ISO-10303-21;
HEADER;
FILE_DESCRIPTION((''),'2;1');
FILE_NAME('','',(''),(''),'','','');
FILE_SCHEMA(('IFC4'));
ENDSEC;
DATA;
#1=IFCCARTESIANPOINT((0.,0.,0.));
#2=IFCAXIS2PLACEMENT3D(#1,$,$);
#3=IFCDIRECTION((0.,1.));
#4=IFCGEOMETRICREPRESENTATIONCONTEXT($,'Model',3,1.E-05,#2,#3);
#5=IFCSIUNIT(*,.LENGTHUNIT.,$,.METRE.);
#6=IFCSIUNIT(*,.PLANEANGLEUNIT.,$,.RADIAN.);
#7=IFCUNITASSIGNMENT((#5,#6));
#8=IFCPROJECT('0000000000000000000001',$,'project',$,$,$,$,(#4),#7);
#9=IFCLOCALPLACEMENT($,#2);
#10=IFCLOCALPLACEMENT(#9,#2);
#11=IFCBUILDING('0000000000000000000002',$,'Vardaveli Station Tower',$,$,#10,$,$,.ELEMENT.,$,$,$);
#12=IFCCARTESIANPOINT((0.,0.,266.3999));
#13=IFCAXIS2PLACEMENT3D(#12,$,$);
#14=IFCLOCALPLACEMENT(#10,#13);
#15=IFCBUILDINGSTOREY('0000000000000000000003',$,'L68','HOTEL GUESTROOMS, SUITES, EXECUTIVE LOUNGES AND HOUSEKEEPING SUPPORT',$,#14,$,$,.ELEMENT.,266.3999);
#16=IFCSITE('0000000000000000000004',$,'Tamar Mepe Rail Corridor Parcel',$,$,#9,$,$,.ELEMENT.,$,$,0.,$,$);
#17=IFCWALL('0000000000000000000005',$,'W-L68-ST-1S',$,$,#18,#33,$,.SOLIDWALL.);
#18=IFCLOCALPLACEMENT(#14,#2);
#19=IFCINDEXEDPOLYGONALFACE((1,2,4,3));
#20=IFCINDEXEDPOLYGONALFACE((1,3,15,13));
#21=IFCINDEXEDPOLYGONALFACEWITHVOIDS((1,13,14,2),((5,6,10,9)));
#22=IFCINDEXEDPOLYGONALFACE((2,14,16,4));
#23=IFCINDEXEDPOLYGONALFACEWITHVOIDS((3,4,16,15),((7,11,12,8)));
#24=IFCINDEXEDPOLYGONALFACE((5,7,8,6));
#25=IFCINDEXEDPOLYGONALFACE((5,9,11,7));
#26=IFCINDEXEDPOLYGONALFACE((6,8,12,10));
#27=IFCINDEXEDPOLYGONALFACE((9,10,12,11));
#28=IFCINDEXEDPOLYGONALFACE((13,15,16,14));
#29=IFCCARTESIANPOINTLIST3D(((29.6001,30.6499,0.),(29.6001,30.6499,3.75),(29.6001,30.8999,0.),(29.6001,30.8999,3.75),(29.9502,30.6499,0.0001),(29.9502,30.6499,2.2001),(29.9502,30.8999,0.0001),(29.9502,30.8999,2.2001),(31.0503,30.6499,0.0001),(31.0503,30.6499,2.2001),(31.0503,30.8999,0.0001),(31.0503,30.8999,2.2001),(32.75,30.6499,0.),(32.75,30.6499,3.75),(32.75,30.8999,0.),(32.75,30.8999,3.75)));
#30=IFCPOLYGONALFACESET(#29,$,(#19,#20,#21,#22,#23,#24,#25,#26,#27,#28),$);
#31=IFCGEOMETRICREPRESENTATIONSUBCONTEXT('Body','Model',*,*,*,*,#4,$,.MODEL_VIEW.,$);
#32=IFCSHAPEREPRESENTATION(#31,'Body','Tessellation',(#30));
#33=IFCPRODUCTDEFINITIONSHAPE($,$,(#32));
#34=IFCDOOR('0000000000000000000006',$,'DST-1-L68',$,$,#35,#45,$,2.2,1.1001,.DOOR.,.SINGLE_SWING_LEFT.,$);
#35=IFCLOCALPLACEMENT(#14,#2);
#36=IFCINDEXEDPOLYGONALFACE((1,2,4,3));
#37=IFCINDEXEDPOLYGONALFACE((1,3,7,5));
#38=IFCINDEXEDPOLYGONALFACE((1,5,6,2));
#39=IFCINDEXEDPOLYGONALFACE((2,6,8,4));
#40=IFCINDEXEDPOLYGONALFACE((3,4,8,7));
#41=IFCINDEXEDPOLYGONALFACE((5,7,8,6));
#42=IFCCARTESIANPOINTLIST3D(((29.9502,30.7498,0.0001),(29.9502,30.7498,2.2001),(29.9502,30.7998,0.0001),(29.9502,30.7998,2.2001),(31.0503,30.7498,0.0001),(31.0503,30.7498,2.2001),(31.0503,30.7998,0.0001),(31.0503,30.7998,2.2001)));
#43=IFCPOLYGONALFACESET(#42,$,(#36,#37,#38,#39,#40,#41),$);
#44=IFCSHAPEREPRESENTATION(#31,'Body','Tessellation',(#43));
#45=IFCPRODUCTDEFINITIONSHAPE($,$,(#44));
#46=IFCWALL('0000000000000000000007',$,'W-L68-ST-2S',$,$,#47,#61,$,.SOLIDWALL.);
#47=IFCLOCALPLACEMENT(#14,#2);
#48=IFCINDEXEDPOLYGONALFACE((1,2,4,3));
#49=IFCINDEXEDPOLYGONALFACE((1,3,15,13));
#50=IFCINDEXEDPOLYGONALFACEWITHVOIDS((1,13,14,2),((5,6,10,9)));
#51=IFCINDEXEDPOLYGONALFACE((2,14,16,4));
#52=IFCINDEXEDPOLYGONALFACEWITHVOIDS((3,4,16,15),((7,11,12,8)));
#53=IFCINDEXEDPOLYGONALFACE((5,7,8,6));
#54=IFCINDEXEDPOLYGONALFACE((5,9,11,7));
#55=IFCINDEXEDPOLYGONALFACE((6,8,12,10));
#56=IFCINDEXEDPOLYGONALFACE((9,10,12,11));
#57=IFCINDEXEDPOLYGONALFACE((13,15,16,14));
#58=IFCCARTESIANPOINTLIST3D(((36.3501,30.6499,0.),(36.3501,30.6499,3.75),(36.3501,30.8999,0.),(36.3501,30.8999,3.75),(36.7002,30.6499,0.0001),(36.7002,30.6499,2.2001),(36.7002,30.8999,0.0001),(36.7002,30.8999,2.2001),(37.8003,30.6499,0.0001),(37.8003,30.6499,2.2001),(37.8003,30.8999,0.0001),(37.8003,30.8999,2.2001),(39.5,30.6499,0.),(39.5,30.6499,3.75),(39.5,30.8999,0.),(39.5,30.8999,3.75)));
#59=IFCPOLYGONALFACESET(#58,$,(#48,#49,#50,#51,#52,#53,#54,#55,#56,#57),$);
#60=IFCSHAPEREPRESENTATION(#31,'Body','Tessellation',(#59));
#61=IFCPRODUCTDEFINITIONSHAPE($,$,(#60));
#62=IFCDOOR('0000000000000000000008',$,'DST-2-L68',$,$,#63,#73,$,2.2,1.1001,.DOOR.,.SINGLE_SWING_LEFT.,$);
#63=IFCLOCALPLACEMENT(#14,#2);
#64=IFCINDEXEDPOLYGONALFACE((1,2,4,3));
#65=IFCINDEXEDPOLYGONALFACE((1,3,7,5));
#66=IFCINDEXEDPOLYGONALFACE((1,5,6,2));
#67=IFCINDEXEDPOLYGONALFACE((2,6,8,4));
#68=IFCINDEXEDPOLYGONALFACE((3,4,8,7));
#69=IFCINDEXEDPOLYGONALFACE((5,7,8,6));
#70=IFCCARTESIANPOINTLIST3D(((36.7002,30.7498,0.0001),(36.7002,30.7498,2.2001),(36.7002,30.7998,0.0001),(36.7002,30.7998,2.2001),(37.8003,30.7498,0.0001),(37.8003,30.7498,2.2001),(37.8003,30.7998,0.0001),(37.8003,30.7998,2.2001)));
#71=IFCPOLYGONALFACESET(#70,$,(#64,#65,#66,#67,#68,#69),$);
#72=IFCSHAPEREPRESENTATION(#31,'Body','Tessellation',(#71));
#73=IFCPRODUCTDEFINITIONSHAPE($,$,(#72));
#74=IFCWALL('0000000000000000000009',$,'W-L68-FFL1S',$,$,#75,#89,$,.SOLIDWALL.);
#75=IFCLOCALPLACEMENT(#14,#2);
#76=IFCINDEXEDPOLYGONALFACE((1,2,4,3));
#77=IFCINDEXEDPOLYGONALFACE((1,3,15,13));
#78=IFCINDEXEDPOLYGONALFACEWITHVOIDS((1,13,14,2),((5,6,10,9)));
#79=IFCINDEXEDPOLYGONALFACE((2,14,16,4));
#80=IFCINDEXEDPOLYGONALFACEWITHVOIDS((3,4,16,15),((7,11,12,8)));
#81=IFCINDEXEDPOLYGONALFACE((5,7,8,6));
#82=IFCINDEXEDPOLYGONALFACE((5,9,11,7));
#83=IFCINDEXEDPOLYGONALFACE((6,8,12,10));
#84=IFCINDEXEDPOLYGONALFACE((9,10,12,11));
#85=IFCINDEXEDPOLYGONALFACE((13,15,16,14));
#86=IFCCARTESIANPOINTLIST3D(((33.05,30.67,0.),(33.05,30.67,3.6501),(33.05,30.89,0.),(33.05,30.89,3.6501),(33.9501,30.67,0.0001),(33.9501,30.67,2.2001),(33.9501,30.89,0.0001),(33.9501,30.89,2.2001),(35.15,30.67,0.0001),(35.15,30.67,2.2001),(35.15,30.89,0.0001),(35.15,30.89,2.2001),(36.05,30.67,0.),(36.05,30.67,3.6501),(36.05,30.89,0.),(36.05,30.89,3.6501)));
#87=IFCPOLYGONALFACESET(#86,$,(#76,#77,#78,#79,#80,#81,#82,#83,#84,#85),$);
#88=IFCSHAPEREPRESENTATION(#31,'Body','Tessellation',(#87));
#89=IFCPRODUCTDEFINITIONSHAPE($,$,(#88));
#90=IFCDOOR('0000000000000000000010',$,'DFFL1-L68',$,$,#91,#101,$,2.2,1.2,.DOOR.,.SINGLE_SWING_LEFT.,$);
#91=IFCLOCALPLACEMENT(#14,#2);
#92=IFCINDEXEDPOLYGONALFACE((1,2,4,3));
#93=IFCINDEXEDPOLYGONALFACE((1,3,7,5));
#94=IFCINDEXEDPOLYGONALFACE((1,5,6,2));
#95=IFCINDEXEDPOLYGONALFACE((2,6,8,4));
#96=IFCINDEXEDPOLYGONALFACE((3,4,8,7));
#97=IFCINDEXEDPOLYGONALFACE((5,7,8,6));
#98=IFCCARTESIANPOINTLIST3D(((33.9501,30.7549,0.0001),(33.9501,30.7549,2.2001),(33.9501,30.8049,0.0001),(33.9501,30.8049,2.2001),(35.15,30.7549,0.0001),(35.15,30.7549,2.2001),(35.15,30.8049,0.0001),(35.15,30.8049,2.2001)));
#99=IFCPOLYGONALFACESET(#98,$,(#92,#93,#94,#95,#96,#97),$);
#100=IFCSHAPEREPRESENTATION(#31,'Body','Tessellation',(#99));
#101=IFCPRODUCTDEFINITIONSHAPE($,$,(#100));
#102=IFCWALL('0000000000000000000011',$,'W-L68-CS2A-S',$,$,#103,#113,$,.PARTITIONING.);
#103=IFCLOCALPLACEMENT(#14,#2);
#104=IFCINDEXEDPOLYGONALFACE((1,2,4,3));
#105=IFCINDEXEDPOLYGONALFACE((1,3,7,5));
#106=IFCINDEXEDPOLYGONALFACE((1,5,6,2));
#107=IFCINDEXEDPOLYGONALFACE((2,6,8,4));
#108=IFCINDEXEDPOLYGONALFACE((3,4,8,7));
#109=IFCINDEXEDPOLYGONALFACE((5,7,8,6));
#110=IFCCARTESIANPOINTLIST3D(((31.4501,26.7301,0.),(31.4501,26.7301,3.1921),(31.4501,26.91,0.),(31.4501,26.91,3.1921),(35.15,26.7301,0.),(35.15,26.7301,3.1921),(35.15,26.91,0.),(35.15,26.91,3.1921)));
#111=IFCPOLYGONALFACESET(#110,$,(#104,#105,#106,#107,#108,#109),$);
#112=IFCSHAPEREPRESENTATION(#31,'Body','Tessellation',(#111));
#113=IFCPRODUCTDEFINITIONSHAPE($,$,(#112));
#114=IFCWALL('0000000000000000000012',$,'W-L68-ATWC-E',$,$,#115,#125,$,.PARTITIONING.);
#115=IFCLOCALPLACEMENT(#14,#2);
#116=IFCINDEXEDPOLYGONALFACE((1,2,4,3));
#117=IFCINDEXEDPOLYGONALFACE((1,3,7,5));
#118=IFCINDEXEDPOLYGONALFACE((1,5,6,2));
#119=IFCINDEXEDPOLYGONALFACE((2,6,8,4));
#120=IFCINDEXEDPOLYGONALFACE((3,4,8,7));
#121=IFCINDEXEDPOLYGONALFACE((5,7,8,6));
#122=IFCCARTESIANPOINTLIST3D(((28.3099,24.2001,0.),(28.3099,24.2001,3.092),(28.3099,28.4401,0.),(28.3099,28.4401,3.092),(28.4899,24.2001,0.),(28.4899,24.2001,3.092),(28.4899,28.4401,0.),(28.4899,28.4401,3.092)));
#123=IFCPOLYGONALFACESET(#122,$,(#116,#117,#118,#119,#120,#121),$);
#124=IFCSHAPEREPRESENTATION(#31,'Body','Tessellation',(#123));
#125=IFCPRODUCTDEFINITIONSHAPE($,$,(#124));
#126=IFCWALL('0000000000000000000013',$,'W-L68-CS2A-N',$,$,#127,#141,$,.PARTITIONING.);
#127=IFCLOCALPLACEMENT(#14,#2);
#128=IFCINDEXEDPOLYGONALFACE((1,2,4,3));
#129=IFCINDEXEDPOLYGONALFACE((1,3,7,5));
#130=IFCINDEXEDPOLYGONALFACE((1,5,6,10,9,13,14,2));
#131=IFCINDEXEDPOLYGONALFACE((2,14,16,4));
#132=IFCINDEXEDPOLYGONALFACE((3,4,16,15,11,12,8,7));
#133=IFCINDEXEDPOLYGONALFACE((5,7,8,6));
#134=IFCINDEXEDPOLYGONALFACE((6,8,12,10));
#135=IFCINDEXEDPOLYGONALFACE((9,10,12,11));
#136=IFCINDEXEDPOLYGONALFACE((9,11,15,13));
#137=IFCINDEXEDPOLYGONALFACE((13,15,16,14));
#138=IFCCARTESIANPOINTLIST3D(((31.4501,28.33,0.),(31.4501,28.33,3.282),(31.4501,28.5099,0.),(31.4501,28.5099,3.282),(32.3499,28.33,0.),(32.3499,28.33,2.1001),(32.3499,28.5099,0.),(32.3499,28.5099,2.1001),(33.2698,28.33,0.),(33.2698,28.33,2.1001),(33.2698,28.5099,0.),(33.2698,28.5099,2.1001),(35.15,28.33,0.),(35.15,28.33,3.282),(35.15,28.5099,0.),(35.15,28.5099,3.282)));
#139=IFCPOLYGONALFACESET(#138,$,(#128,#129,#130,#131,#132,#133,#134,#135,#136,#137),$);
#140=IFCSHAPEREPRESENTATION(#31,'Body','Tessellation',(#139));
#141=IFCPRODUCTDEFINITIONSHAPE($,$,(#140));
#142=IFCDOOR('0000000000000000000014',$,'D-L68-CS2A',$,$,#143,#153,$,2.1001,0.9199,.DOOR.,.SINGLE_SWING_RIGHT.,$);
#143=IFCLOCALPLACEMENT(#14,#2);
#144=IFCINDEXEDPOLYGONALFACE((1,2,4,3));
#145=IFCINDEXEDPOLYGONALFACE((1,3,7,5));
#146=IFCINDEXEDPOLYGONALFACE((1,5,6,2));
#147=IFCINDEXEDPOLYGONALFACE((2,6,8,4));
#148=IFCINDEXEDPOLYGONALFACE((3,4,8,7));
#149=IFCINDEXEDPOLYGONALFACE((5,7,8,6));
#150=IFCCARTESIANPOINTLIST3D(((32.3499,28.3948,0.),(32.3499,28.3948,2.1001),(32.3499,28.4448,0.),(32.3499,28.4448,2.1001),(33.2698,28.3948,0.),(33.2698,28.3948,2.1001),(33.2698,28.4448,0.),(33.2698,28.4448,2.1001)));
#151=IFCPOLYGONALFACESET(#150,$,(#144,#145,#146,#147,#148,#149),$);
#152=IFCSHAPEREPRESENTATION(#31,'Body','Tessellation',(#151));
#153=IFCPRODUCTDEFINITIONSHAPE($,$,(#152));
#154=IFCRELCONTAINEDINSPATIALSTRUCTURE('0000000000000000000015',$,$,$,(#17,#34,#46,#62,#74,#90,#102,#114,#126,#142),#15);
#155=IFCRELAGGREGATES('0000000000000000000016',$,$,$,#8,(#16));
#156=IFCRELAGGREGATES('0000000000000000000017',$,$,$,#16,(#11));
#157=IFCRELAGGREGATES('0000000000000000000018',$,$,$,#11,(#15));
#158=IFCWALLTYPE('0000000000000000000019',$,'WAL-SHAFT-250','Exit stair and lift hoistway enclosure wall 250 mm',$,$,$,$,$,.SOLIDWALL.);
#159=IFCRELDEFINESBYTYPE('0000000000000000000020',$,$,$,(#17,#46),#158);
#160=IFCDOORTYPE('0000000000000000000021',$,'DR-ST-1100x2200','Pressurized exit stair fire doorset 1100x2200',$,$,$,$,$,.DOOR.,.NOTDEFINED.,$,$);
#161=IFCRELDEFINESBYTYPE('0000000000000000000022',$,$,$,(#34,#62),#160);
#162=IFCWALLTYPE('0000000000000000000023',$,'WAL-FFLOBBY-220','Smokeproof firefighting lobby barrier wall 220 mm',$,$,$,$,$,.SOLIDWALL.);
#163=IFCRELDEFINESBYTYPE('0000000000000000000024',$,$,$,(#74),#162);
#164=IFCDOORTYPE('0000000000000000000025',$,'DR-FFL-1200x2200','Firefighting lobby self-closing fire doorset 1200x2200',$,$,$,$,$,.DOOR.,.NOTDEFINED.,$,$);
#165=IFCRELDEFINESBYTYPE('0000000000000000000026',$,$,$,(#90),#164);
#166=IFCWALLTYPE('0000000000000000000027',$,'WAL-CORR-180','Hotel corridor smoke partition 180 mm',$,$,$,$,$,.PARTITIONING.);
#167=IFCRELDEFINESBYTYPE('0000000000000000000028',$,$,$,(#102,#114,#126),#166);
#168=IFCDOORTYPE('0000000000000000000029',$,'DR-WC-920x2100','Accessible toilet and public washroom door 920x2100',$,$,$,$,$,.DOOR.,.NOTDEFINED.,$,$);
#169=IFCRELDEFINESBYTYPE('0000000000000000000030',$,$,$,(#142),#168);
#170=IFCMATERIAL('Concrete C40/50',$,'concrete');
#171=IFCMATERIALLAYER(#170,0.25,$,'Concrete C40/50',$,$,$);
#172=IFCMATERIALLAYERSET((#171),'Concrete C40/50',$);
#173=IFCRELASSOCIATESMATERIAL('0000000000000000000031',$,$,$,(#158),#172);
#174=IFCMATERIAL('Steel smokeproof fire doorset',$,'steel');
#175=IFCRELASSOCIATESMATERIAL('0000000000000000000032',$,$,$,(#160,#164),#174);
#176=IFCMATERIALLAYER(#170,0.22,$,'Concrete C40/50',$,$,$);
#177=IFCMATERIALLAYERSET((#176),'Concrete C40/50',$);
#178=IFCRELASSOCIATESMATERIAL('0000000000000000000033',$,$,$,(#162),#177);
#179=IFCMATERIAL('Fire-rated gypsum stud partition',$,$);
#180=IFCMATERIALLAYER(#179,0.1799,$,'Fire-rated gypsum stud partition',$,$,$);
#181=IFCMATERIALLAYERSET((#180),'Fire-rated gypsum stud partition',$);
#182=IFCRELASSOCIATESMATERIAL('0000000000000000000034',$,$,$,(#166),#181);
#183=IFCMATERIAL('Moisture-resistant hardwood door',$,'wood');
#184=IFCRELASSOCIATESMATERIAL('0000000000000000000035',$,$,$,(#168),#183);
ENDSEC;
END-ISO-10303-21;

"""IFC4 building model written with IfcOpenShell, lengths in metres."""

from ifc_helpers import new_model, si_unit, direction, frame, frame_2d, origin, place, context, subcontext, project, spatial, rectangle, extrude, source, transform, mapped, material, layer, layer_set, type_object, element, fill, save


model = new_model("IFC4")

# Units and contexts
model_context = context("Model", 3, precision=1e-05, world=origin(), true_north=direction((0.0, 1.0)))
body_context = subcontext(model_context, "Body", "Model", "MODEL_VIEW")
ifc_project = project(units=[si_unit("LENGTHUNIT", "METRE"), si_unit("PLANEANGLEUNIT", "RADIAN")], contexts=[model_context])

# Site, building, storey
site_placement = place(None, origin())
site = spatial("IfcSite", under=ifc_project, at=site_placement, Name="Tamar Mepe Rail Corridor Parcel", CompositionType="ELEMENT", RefElevation=0.0)
building_placement = place(site_placement, origin())
building = spatial("IfcBuilding", under=site, at=building_placement, Name="Vardaveli Station Tower", CompositionType="ELEMENT")
storey_placement = place(building_placement, frame((0.0, 0.0, 266.3999)))
storey = spatial("IfcBuildingStorey", under=building, at=storey_placement, Name="L68", Description="HOTEL GUESTROOMS, SUITES, EXECUTIVE LOUNGES AND HOUSEKEEPING SUPPORT", CompositionType="ELEMENT", Elevation=266.3999)

# Shared definitions
ifc_material_1 = material(Name="Concrete C40/50", Category="concrete")
ifc_layer_1 = layer(ifc_material_1, 0.25, Name="Concrete C40/50")
ifc_layer_set_1 = layer_set([ifc_layer_1], Name="Concrete C40/50")
wall_type_1 = type_object("IfcWallType", Name="WAL-SHAFT-250", Description="Exit stair and lift hoistway enclosure wall 250 mm", PredefinedType="SOLIDWALL", material=ifc_layer_set_1)

# Walls, openings, doors
shared_shape_1 = source(origin(), body_context, "Body", "SweptSolid", [
    extrude(rectangle(XDim=3.1499, YDim=0.25, at=frame_2d((1.575, 0.0))), origin(), (0.0, 0.0, 1.0), 3.75),
])
wall_1_placement = place(storey_placement, frame((29.6001, 30.7749, 0.0), z_axis=(0.0, 0.0, 1.0), x_axis=(1.0, 0.0, 0.0)))
wall_1 = element("IfcWall", 1, at=wall_1_placement, inside=storey, type_object=wall_type_1, Name="W-L68-ST-1S", PredefinedType="SOLIDWALL", context=body_context, shape_type="MappedRepresentation", body=[
    mapped(shared_shape_1, transform((0.0, 0.0, 0.0), scale=1.0)),
])
shared_shape_2 = source(origin(), body_context, "Body", "SweptSolid", [
    extrude(rectangle(XDim=1.1001, YDim=2.2, at=frame_2d((0.55, 1.1001))), frame((0.0, 0.135, 0.0), z_axis=(0.0, -1.0, 0.0), x_axis=(1.0, 0.0, 0.0)), (0.0, 0.0, 1.0), 0.27),
])
opening_1_placement = place(wall_1_placement, frame((0.3501, 0.0, 0.0)))
opening_1 = element("IfcOpeningElement", 2, at=opening_1_placement, cuts=wall_1, PredefinedType="OPENING", context=body_context, shape_type="MappedRepresentation", body=[
    mapped(shared_shape_2, transform((0.0, 0.0, 0.0), scale=1.0)),
])
ifc_material_2 = material(Name="Steel smokeproof fire doorset", Category="steel")
door_type_1 = type_object("IfcDoorType", Name="DR-ST-1100x2200", Description="Pressurized exit stair fire doorset 1100x2200", OperationType="NOTDEFINED", PredefinedType="DOOR", material=ifc_material_2)
shared_shape_3 = source(origin(), body_context, "Body", "SweptSolid", [
    extrude(rectangle(XDim=1.1001, YDim=2.2, at=frame_2d((0.55, 1.1001))), frame((0.0, 0.0249, 0.0), z_axis=(0.0, -1.0, 0.0), x_axis=(1.0, 0.0, 0.0)), (0.0, 0.0, 1.0), 0.05),
])
door_1_placement = place(opening_1_placement, origin())
door_1 = element("IfcDoor", 3, at=door_1_placement, inside=storey, type_object=door_type_1, Name="DST-1-L68", OperationType="SINGLE_SWING_LEFT", OverallHeight=2.2, OverallWidth=1.1001, PredefinedType="DOOR", context=body_context, shape_type="MappedRepresentation", body=[
    mapped(shared_shape_3, transform((0.0, 0.0, 0.0), scale=1.0)),
])
fill(opening_1, door_1)
wall_2_placement = place(storey_placement, frame((36.3501, 30.7749, 0.0), z_axis=(0.0, 0.0, 1.0), x_axis=(1.0, 0.0, 0.0)))
wall_2 = element("IfcWall", 4, at=wall_2_placement, inside=storey, type_object=wall_type_1, Name="W-L68-ST-2S", PredefinedType="SOLIDWALL", context=body_context, shape_type="MappedRepresentation", body=[
    mapped(shared_shape_1, transform((0.0, 0.0, 0.0), scale=1.0)),
])
opening_2_placement = place(wall_2_placement, frame((0.3501, 0.0, 0.0)))
opening_2 = element("IfcOpeningElement", 5, at=opening_2_placement, cuts=wall_2, PredefinedType="OPENING", context=body_context, shape_type="MappedRepresentation", body=[
    mapped(shared_shape_2, transform((0.0, 0.0, 0.0), scale=1.0)),
])
door_2_placement = place(opening_2_placement, origin())
door_2 = element("IfcDoor", 6, at=door_2_placement, inside=storey, type_object=door_type_1, Name="DST-2-L68", OperationType="SINGLE_SWING_LEFT", OverallHeight=2.2, OverallWidth=1.1001, PredefinedType="DOOR", context=body_context, shape_type="MappedRepresentation", body=[
    mapped(shared_shape_3, transform((0.0, 0.0, 0.0), scale=1.0)),
])
fill(opening_2, door_2)
ifc_layer_2 = layer(ifc_material_1, 0.22, Name="Concrete C40/50")
ifc_layer_set_2 = layer_set([ifc_layer_2], Name="Concrete C40/50")
wall_type_2 = type_object("IfcWallType", Name="WAL-FFLOBBY-220", Description="Smokeproof firefighting lobby barrier wall 220 mm", PredefinedType="SOLIDWALL", material=ifc_layer_set_2)
shared_shape_4 = source(origin(), body_context, "Body", "SweptSolid", [
    extrude(rectangle(XDim=3.0, YDim=0.22, at=frame_2d((1.5, 0.0))), origin(), (0.0, 0.0, 1.0), 3.6501),
])
wall_3_placement = place(storey_placement, frame((33.05, 30.78, 0.0), z_axis=(0.0, 0.0, 1.0), x_axis=(1.0, 0.0, 0.0)))
wall_3 = element("IfcWall", 7, at=wall_3_placement, inside=storey, type_object=wall_type_2, Name="W-L68-FFL1S", PredefinedType="SOLIDWALL", context=body_context, shape_type="MappedRepresentation", body=[
    mapped(shared_shape_4, transform((0.0, 0.0, 0.0), scale=1.0)),
])
shared_shape_5 = source(origin(), body_context, "Body", "SweptSolid", [
    extrude(rectangle(XDim=1.2, YDim=2.2, at=frame_2d((0.6001, 1.1001))), frame((0.0, 0.1201, 0.0), z_axis=(0.0, -1.0, 0.0), x_axis=(1.0, 0.0, 0.0)), (0.0, 0.0, 1.0), 0.24),
])
opening_3_placement = place(wall_3_placement, frame((0.8999, 0.0, 0.0)))
opening_3 = element("IfcOpeningElement", 8, at=opening_3_placement, cuts=wall_3, PredefinedType="OPENING", context=body_context, shape_type="MappedRepresentation", body=[
    mapped(shared_shape_5, transform((0.0, 0.0, 0.0), scale=1.0)),
])
door_type_2 = type_object("IfcDoorType", Name="DR-FFL-1200x2200", Description="Firefighting lobby self-closing fire doorset 1200x2200", OperationType="NOTDEFINED", PredefinedType="DOOR", material=ifc_material_2)
shared_shape_6 = source(origin(), body_context, "Body", "SweptSolid", [
    extrude(rectangle(XDim=1.2, YDim=2.2, at=frame_2d((0.6001, 1.1001))), frame((0.0, 0.0249, 0.0), z_axis=(0.0, -1.0, 0.0), x_axis=(1.0, 0.0, 0.0)), (0.0, 0.0, 1.0), 0.05),
])
door_3_placement = place(opening_3_placement, origin())
door_3 = element("IfcDoor", 9, at=door_3_placement, inside=storey, type_object=door_type_2, Name="DFFL1-L68", OperationType="SINGLE_SWING_LEFT", OverallHeight=2.2, OverallWidth=1.2, PredefinedType="DOOR", context=body_context, shape_type="MappedRepresentation", body=[
    mapped(shared_shape_6, transform((0.0, 0.0, 0.0), scale=1.0)),
])
fill(opening_3, door_3)

# Walls
ifc_material_3 = material(Name="Fire-rated gypsum stud partition")
ifc_layer_3 = layer(ifc_material_3, 0.1799, Name="Fire-rated gypsum stud partition")
ifc_layer_set_3 = layer_set([ifc_layer_3], Name="Fire-rated gypsum stud partition")
wall_type_3 = type_object("IfcWallType", Name="WAL-CORR-180", Description="Hotel corridor smoke partition 180 mm", PredefinedType="PARTITIONING", material=ifc_layer_set_3)
shared_shape_7 = source(origin(), body_context, "Body", "SweptSolid", [
    extrude(rectangle(XDim=3.7, YDim=0.1799, at=frame_2d((1.8501, 0.0))), origin(), (0.0, 0.0, 1.0), 3.1921),
])
wall_4_placement = place(storey_placement, frame((31.45, 26.8201, 0.0), z_axis=(0.0, 0.0, 1.0), x_axis=(1.0, 0.0, 0.0)))
element("IfcWall", 10, at=wall_4_placement, inside=storey, type_object=wall_type_3, Name="W-L68-CS2A-S", PredefinedType="PARTITIONING", context=body_context, shape_type="MappedRepresentation", body=[
    mapped(shared_shape_7, transform((0.0, 0.0, 0.0), scale=1.0)),
])
shared_shape_8 = source(origin(), body_context, "Body", "SweptSolid", [
    extrude(rectangle(XDim=4.24, YDim=0.1799, at=frame_2d((2.1201, 0.0))), origin(), (0.0, 0.0, 1.0), 3.092),
])
wall_5_placement = place(storey_placement, frame((28.3999, 24.2, 0.0), z_axis=(0.0, 0.0, 1.0), x_axis=(0.0, 1.0, 0.0)))
element("IfcWall", 11, at=wall_5_placement, inside=storey, type_object=wall_type_3, Name="W-L68-ATWC-E", PredefinedType="PARTITIONING", context=body_context, shape_type="MappedRepresentation", body=[
    mapped(shared_shape_8, transform((0.0, 0.0, 0.0), scale=1.0)),
])

# Wall, opening, door
shared_shape_9 = source(origin(), body_context, "Body", "SweptSolid", [
    extrude(rectangle(XDim=3.7, YDim=0.1799, at=frame_2d((1.8501, 0.0))), origin(), (0.0, 0.0, 1.0), 3.282),
])
wall_6_placement = place(storey_placement, frame((31.45, 28.4199, 0.0), z_axis=(0.0, 0.0, 1.0), x_axis=(1.0, 0.0, 0.0)))
wall_6 = element("IfcWall", 12, at=wall_6_placement, inside=storey, type_object=wall_type_3, Name="W-L68-CS2A-N", PredefinedType="PARTITIONING", context=body_context, shape_type="MappedRepresentation", body=[
    mapped(shared_shape_9, transform((0.0, 0.0, 0.0), scale=1.0)),
])
shared_shape_10 = source(origin(), body_context, "Body", "SweptSolid", [
    extrude(rectangle(XDim=0.9199, YDim=2.1001, at=frame_2d((0.46, 1.05))), frame((0.0, 0.1001, 0.0), z_axis=(0.0, -1.0, 0.0), x_axis=(1.0, 0.0, 0.0)), (0.0, 0.0, 1.0), 0.2),
])
opening_4_placement = place(wall_6_placement, frame((0.8999, 0.0, 0.0)))
opening_4 = element("IfcOpeningElement", 13, at=opening_4_placement, cuts=wall_6, PredefinedType="OPENING", context=body_context, shape_type="MappedRepresentation", body=[
    mapped(shared_shape_10, transform((0.0, 0.0, 0.0), scale=1.0)),
])
ifc_material_4 = material(Name="Moisture-resistant hardwood door", Category="wood")
door_type_3 = type_object("IfcDoorType", Name="DR-WC-920x2100", Description="Accessible toilet and public washroom door 920x2100", OperationType="NOTDEFINED", PredefinedType="DOOR", material=ifc_material_4)
shared_shape_11 = source(origin(), body_context, "Body", "SweptSolid", [
    extrude(rectangle(XDim=0.9199, YDim=2.1001, at=frame_2d((0.46, 1.05))), frame((0.0, 0.0249, 0.0), z_axis=(0.0, -1.0, 0.0), x_axis=(1.0, 0.0, 0.0)), (0.0, 0.0, 1.0), 0.05),
])
door_4_placement = place(opening_4_placement, origin())
door_4 = element("IfcDoor", 14, at=door_4_placement, inside=storey, type_object=door_type_3, Name="D-L68-CS2A", OperationType="SINGLE_SWING_RIGHT", OverallHeight=2.1001, OverallWidth=0.9199, PredefinedType="DOOR", context=body_context, shape_type="MappedRepresentation", body=[
    mapped(shared_shape_11, transform((0.0, 0.0, 0.0), scale=1.0)),
])
fill(opening_4, door_4)

save(model, "model.ifc")
